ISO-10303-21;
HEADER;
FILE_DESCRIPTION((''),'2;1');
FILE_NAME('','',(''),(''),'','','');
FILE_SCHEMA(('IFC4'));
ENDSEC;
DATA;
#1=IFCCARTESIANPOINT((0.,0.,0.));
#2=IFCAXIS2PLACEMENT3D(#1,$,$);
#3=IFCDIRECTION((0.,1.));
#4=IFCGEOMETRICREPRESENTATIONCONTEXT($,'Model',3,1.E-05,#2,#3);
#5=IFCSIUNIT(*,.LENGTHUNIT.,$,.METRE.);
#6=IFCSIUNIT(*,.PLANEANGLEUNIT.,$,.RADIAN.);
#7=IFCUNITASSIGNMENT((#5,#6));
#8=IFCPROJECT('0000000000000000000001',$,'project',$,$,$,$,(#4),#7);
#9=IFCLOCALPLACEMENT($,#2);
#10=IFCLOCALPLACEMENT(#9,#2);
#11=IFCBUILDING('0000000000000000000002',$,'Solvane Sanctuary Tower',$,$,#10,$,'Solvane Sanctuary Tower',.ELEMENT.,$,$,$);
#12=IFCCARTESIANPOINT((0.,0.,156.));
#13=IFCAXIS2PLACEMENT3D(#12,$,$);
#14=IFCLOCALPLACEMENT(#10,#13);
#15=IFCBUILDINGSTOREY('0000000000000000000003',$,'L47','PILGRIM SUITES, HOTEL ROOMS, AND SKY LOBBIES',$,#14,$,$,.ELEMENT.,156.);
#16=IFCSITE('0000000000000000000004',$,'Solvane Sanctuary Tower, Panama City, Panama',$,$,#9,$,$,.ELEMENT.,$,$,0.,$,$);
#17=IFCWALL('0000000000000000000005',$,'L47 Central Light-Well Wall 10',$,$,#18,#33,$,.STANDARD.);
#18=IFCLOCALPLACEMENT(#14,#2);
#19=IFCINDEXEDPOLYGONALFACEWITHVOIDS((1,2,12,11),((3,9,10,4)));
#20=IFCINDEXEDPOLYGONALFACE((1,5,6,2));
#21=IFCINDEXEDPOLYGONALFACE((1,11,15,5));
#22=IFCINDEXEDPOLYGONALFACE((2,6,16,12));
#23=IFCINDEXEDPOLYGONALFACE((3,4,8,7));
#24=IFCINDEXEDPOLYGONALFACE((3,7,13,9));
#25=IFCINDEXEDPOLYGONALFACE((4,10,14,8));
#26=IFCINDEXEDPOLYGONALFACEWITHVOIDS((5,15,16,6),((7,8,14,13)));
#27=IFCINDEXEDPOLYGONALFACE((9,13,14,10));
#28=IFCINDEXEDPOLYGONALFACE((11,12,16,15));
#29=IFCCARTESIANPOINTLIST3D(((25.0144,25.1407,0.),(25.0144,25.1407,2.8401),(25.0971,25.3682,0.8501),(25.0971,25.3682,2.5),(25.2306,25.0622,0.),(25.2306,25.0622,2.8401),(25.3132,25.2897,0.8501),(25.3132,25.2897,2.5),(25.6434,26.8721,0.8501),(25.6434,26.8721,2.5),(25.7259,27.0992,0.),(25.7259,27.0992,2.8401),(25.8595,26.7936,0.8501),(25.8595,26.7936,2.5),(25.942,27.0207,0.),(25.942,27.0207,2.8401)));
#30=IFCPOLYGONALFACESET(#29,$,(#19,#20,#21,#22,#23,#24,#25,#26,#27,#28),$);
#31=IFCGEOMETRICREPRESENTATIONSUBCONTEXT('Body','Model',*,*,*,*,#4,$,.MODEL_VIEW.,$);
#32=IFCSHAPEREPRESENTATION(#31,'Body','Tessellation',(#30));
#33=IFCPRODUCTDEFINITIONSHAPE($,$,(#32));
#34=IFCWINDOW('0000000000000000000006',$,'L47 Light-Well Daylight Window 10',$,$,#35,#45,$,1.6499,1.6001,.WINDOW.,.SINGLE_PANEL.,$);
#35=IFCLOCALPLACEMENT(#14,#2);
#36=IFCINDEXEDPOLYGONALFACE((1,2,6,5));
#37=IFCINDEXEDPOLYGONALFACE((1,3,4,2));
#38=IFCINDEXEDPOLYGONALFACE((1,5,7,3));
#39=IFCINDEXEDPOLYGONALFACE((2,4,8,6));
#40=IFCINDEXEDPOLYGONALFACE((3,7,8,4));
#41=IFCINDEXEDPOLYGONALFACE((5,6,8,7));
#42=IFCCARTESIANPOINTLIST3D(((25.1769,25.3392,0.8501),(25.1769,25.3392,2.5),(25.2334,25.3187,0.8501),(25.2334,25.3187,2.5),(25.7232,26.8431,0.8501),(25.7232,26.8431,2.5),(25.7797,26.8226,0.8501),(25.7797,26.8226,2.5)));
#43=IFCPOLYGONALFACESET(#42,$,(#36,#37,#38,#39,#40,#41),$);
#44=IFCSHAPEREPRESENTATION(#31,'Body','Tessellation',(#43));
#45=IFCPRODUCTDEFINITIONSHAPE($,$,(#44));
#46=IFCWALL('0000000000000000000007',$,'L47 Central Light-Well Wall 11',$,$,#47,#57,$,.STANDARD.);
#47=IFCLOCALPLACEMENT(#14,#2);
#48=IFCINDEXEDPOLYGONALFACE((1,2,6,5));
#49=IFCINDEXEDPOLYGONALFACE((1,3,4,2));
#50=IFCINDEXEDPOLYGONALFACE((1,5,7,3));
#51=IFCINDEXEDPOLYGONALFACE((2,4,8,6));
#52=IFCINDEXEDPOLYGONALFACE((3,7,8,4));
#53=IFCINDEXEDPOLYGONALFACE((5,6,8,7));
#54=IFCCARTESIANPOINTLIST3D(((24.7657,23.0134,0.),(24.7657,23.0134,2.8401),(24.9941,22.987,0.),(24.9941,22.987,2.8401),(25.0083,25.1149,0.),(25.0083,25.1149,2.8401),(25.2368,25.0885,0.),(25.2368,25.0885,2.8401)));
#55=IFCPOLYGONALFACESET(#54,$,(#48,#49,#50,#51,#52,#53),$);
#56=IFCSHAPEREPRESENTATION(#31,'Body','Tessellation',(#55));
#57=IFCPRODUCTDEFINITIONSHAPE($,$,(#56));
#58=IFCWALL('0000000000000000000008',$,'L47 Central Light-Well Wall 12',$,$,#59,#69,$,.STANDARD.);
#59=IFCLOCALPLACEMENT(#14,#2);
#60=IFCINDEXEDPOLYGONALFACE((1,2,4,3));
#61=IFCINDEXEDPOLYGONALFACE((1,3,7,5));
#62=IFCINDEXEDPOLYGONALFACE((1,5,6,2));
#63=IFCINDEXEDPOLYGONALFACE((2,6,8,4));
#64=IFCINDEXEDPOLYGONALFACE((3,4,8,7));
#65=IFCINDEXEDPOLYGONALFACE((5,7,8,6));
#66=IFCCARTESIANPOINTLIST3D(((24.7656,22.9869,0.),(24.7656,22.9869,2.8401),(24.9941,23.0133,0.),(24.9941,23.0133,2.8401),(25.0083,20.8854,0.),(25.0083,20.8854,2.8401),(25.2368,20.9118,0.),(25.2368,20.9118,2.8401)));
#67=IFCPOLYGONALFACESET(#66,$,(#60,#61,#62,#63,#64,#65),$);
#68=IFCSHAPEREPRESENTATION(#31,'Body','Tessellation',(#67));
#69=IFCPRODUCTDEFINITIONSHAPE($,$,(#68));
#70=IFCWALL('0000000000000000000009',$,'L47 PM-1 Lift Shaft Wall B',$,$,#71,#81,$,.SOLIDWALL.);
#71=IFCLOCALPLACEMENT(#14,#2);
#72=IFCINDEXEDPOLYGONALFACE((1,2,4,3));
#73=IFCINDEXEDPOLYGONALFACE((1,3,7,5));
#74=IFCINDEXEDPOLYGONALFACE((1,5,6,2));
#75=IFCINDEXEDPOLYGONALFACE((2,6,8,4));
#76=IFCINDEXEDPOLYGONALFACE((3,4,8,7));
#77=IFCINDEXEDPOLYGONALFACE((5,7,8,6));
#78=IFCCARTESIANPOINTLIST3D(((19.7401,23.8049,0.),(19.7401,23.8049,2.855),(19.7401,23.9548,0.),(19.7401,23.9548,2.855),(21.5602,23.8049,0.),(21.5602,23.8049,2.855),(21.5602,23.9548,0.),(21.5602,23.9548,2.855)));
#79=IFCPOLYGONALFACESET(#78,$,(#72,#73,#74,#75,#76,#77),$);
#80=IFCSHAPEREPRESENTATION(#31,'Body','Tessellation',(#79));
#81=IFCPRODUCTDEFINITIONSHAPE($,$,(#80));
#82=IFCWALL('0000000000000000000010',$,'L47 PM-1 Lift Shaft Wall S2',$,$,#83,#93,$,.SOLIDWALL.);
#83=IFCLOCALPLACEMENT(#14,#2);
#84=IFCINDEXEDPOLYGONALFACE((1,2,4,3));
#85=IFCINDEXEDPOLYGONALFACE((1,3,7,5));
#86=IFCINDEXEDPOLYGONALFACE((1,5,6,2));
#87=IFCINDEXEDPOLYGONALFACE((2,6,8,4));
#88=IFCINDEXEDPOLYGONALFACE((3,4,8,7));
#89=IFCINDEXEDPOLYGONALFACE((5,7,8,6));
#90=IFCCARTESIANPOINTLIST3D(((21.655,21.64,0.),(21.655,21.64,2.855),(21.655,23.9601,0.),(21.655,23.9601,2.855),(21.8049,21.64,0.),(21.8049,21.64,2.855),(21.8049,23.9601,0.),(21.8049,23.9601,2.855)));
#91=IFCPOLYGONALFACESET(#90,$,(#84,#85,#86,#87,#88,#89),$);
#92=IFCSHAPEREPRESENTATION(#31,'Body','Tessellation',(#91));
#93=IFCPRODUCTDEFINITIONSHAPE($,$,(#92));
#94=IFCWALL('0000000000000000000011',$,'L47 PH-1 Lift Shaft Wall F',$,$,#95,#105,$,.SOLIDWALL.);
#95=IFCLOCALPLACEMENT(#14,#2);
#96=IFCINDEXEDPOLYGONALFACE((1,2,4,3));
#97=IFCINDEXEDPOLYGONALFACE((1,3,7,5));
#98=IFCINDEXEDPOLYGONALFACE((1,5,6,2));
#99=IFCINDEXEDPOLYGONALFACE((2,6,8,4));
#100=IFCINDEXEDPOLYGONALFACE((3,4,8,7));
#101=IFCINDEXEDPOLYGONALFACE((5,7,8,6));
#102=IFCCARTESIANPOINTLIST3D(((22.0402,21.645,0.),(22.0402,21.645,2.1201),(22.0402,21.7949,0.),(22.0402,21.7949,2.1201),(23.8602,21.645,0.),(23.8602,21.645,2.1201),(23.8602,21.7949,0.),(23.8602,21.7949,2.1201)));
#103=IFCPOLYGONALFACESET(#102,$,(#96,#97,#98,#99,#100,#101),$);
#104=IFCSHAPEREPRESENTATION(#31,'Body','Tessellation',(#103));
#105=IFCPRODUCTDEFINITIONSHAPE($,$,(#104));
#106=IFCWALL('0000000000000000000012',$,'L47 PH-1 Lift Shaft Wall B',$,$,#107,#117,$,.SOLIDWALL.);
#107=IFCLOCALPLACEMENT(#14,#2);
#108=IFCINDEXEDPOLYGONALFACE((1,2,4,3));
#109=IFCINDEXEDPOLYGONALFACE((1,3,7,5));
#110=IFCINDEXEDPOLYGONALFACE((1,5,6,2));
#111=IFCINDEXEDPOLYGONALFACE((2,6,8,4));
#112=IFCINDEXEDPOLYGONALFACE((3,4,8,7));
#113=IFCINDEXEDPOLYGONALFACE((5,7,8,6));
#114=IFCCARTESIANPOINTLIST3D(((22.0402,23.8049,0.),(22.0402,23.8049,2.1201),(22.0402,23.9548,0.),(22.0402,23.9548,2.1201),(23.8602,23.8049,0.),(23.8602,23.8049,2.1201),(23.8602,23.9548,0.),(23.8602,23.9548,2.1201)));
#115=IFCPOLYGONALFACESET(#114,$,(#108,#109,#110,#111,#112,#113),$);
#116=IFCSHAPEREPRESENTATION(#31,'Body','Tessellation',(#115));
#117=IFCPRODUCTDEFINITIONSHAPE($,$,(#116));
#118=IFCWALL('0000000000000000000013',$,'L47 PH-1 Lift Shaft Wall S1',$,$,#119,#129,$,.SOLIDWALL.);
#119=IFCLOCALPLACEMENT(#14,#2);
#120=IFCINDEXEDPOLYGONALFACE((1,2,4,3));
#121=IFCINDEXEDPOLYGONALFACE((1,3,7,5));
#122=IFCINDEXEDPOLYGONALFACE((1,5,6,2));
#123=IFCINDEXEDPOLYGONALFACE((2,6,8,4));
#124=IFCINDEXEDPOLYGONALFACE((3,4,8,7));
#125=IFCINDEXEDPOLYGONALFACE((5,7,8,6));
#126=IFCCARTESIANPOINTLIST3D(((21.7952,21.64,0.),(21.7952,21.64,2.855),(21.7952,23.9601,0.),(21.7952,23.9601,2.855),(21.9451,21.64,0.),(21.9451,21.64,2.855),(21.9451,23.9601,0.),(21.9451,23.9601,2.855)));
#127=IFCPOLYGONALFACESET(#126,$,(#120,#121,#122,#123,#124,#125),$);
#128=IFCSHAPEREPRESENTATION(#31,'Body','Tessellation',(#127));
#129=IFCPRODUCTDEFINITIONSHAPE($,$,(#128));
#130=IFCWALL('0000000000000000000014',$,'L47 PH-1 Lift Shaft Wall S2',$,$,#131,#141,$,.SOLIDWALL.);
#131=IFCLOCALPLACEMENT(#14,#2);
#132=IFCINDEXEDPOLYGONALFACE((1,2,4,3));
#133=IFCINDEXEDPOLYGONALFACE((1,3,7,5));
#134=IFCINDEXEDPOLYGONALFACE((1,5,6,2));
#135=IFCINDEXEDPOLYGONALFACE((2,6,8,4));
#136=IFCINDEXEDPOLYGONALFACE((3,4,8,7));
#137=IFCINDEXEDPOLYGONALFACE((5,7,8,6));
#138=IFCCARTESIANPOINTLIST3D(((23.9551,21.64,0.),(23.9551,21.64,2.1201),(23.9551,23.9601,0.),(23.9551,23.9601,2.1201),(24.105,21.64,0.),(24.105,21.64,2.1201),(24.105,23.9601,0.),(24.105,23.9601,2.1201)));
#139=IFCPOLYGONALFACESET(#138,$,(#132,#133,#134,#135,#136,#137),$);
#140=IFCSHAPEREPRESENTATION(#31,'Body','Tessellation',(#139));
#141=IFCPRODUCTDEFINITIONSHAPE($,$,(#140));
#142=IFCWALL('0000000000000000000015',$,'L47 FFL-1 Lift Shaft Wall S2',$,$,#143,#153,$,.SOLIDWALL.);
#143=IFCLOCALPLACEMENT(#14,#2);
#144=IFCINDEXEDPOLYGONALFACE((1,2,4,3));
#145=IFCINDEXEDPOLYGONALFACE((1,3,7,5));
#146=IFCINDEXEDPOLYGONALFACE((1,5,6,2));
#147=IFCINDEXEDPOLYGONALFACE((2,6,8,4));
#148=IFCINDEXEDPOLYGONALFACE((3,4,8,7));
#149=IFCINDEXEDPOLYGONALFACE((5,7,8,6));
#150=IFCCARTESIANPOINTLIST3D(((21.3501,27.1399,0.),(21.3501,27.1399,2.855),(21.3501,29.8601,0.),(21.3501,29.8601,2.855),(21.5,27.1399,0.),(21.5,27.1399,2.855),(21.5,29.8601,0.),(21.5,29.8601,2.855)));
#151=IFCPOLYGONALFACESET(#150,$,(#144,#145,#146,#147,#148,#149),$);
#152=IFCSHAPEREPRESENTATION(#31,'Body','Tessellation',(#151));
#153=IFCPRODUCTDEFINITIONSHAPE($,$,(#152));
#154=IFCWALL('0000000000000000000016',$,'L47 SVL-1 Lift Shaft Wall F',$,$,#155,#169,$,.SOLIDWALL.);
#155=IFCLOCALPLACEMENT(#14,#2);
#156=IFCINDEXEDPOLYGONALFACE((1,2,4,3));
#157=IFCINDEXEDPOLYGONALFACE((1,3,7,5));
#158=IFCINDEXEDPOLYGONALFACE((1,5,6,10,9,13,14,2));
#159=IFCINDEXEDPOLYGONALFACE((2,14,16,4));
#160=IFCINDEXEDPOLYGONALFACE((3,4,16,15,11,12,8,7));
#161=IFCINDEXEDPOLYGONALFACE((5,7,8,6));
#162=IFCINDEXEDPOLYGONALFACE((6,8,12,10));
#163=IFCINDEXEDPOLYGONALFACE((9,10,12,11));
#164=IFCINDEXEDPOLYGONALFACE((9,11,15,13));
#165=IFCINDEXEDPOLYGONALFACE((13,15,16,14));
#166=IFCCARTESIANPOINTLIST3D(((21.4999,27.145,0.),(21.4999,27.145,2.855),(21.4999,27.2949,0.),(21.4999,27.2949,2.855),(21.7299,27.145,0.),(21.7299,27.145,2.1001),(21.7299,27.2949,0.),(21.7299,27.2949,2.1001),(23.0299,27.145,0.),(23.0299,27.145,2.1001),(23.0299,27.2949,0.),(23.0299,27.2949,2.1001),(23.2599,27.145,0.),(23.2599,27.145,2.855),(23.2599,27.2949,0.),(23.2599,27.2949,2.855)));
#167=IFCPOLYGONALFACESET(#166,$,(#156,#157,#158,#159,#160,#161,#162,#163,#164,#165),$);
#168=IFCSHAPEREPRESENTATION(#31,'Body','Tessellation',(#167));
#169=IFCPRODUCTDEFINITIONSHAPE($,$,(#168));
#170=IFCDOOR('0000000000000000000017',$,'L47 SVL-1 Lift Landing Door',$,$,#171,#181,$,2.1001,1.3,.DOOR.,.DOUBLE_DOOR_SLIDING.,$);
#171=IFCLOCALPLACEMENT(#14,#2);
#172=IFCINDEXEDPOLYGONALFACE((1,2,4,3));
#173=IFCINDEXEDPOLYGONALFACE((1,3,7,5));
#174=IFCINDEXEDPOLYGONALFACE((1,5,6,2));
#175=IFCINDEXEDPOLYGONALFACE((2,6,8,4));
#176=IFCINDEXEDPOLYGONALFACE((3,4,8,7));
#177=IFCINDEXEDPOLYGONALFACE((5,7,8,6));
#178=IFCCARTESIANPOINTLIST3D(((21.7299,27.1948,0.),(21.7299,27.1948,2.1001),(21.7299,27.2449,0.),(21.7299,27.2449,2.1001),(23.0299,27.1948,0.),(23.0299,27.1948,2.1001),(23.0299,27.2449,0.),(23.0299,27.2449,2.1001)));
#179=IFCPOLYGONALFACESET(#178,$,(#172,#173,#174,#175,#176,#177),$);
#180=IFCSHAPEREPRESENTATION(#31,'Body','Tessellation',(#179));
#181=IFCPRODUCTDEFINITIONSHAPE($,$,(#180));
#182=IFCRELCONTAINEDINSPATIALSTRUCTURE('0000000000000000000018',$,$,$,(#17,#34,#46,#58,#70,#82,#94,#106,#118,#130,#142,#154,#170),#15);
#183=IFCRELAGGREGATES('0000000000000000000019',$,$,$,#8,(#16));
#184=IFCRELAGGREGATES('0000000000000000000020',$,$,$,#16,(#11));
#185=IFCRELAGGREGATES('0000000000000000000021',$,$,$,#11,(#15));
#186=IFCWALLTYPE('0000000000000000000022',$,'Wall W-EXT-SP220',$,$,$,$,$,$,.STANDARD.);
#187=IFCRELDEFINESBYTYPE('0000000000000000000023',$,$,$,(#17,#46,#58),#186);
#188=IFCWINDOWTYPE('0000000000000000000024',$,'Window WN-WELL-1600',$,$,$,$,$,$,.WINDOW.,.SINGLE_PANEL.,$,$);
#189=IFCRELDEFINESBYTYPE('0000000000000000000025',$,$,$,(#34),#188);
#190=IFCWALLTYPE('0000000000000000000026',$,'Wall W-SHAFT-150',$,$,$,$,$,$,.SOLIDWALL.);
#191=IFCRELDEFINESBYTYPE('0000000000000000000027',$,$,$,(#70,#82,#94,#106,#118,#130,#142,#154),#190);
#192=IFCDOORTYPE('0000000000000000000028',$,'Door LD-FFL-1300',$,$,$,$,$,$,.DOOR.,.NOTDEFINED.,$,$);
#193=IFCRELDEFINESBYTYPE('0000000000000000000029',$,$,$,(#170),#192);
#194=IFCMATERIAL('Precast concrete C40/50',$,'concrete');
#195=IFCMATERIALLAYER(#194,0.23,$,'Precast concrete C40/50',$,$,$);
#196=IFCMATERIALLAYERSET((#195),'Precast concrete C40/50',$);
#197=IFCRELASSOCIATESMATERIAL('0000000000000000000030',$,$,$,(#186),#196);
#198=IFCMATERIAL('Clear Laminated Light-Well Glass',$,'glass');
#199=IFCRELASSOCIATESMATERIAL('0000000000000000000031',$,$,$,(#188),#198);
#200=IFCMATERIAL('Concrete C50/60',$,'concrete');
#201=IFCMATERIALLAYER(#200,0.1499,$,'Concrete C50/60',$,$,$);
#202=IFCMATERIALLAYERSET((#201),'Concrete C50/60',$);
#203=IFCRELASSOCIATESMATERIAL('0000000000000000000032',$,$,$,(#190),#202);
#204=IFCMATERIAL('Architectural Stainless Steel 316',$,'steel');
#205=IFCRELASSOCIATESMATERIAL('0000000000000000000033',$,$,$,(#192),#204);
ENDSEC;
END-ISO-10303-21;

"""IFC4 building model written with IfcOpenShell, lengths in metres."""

from ifc_helpers import new_model, si_unit, direction, frame, frame_2d, origin, place, context, subcontext, project, spatial, rectangle, extrude, material, layer, layer_set, type_object, element, fill, save


model = new_model("IFC4")

# Units and contexts
model_context = context("Model", 3, precision=1e-05, world=origin(), true_north=direction((0.0, 1.0)))
body_context = subcontext(model_context, "Body", "Model", "MODEL_VIEW")
ifc_project = project(units=[si_unit("LENGTHUNIT", "METRE"), si_unit("PLANEANGLEUNIT", "RADIAN")], contexts=[model_context])

# Site, building, storey
site_placement = place(None, origin())
site = spatial("IfcSite", under=ifc_project, at=site_placement, Name="Solvane Sanctuary Tower, Panama City, Panama", CompositionType="ELEMENT", RefElevation=0.0)
building_placement = place(site_placement, origin())
building = spatial("IfcBuilding", under=site, at=building_placement, Name="Solvane Sanctuary Tower", LongName="Solvane Sanctuary Tower", CompositionType="ELEMENT")
storey_placement = place(building_placement, frame((0.0, 0.0, 156.0)))
storey = spatial("IfcBuildingStorey", under=building, at=storey_placement, Name="L47", Description="PILGRIM SUITES, HOTEL ROOMS, AND SKY LOBBIES", CompositionType="ELEMENT", Elevation=156.0)

# Shared definitions
ifc_material_1 = material(Name="Concrete C50/60", Category="concrete")

# Shared definitions
ifc_material_2 = material(Name="Architectural Stainless Steel 316", Category="steel")

# Shared definitions
ifc_material_3 = material(Name="Precast concrete C40/50", Category="concrete")
ifc_layer_1 = layer(ifc_material_3, 0.23, Name="Precast concrete C40/50")
ifc_layer_set_1 = layer_set([ifc_layer_1], Name="Precast concrete C40/50")
wall_type_1 = type_object("IfcWallType", Name="Wall W-EXT-SP220", PredefinedType="STANDARD", material=ifc_layer_set_1)

# Wall, opening, window
wall_1_placement = place(storey_placement, frame((25.834, 27.0601, 0.0), z_axis=(0.0, 0.0, 1.0), x_axis=(-0.341423, -0.93991, 0.0)))
wall_1 = element("IfcWall", 1, at=wall_1_placement, inside=storey, type_object=wall_type_1, Name="L47 Central Light-Well Wall 10", PredefinedType="STANDARD", context=body_context, shape_type="SweptSolid", body=[
    extrude(rectangle(XDim=2.0837, YDim=0.23, at=frame_2d((1.042, 0.0))), origin(), (0.0, 0.0, 1.0), 2.8401),
])
opening_1_placement = place(wall_1_placement, frame((0.2417, 0.0, 0.8501)))
opening_1 = element("IfcOpeningElement", 2, at=opening_1_placement, cuts=wall_1, PredefinedType="OPENING", context=body_context, shape_type="SweptSolid", body=[
    extrude(rectangle(XDim=1.6001, YDim=1.6499, at=frame_2d((0.8, 0.825))), frame((0.0, 0.125, 0.0), z_axis=(0.0, -1.0, 0.0), x_axis=(1.0, 0.0, 0.0)), (0.0, 0.0, 1.0), 0.25),
])
ifc_material_4 = material(Name="Clear Laminated Light-Well Glass", Category="glass")
window_type = type_object("IfcWindowType", Name="Window WN-WELL-1600", PartitioningType="SINGLE_PANEL", PredefinedType="WINDOW", material=ifc_material_4)
window_placement = place(opening_1_placement, origin())
window = element("IfcWindow", 3, at=window_placement, inside=storey, type_object=window_type, Name="L47 Light-Well Daylight Window 10", OverallHeight=1.6499, OverallWidth=1.6001, PartitioningType="SINGLE_PANEL", PredefinedType="WINDOW", context=body_context, shape_type="SweptSolid", body=[
    extrude(rectangle(XDim=1.6001, YDim=1.6499, at=frame_2d((0.8, 0.825))), frame((0.0, 0.03, 0.0), z_axis=(0.0, -1.0, 0.0), x_axis=(1.0, 0.0, 0.0)), (0.0, 0.0, 1.0), 0.0601),
])
fill(opening_1, window)

# Walls
for number, where, z_axis, x_axis, name in (
    (4, (25.1226, 25.1016, 0.0), (0.0, 0.0, 1.0), (-0.114712, -0.993399, 0.0), "L47 Central Light-Well Wall 11"),
    (5, (24.8799, 23.0, 0.0), (0.0, 0.0, 1.0), (0.114712, -0.993399, 0.0), "L47 Central Light-Well Wall 12"),
):
    element("IfcWall", number, at=place(storey_placement, frame(where, z_axis=z_axis, x_axis=x_axis)), inside=storey, type_object=wall_type_1, Name=name, PredefinedType="STANDARD", context=body_context, shape_type="SweptSolid", body=[
        extrude(rectangle(XDim=2.1155, YDim=0.23, at=frame_2d((1.0576, 0.0))), origin(), (0.0, 0.0, 1.0), 2.8401),
    ])
ifc_layer_2 = layer(ifc_material_1, 0.1499, Name="Concrete C50/60")
ifc_layer_set_2 = layer_set([ifc_layer_2], Name="Concrete C50/60")
wall_type_2 = type_object("IfcWallType", Name="Wall W-SHAFT-150", PredefinedType="SOLIDWALL", material=ifc_layer_set_2)
wall_2_placement = place(storey_placement, frame((19.74, 23.8799, 0.0), z_axis=(0.0, 0.0, 1.0), x_axis=(1.0, 0.0, 0.0)))
element("IfcWall", 6, at=wall_2_placement, inside=storey, type_object=wall_type_2, Name="L47 PM-1 Lift Shaft Wall B", PredefinedType="SOLIDWALL", context=body_context, shape_type="SweptSolid", body=[
    extrude(rectangle(XDim=1.8201, YDim=0.1499, at=frame_2d((0.9102, 0.0))), origin(), (0.0, 0.0, 1.0), 2.855),
])
wall_3_placement = place(storey_placement, frame((21.73, 21.6399, 0.0), z_axis=(0.0, 0.0, 1.0), x_axis=(0.0, 1.0, 0.0)))
element("IfcWall", 7, at=wall_3_placement, inside=storey, type_object=wall_type_2, Name="L47 PM-1 Lift Shaft Wall S2", PredefinedType="SOLIDWALL", context=body_context, shape_type="SweptSolid", body=[
    extrude(rectangle(XDim=2.3201, YDim=0.1499, at=frame_2d((1.1602, 0.0))), origin(), (0.0, 0.0, 1.0), 2.855),
])
for number, where, z_axis, x_axis, name in (
    (8, (22.04, 21.72, 0.0), (0.0, 0.0, 1.0), (1.0, 0.0, 0.0), "L47 PH-1 Lift Shaft Wall F"),
    (9, (22.04, 23.8799, 0.0), (0.0, 0.0, 1.0), (1.0, 0.0, 0.0), "L47 PH-1 Lift Shaft Wall B"),
):
    element("IfcWall", number, at=place(storey_placement, frame(where, z_axis=z_axis, x_axis=x_axis)), inside=storey, type_object=wall_type_2, Name=name, PredefinedType="SOLIDWALL", context=body_context, shape_type="SweptSolid", body=[
        extrude(rectangle(XDim=1.8201, YDim=0.1499, at=frame_2d((0.9102, 0.0))), origin(), (0.0, 0.0, 1.0), 2.1201),
    ])
wall_4_placement = place(storey_placement, frame((21.8701, 21.6399, 0.0), z_axis=(0.0, 0.0, 1.0), x_axis=(0.0, 1.0, 0.0)))
element("IfcWall", 10, at=wall_4_placement, inside=storey, type_object=wall_type_2, Name="L47 PH-1 Lift Shaft Wall S1", PredefinedType="SOLIDWALL", context=body_context, shape_type="SweptSolid", body=[
    extrude(rectangle(XDim=2.3201, YDim=0.1499, at=frame_2d((1.1602, 0.0))), origin(), (0.0, 0.0, 1.0), 2.855),
])
wall_5_placement = place(storey_placement, frame((24.03, 21.6399, 0.0), z_axis=(0.0, 0.0, 1.0), x_axis=(0.0, 1.0, 0.0)))
element("IfcWall", 11, at=wall_5_placement, inside=storey, type_object=wall_type_2, Name="L47 PH-1 Lift Shaft Wall S2", PredefinedType="SOLIDWALL", context=body_context, shape_type="SweptSolid", body=[
    extrude(rectangle(XDim=2.3201, YDim=0.1499, at=frame_2d((1.1602, 0.0))), origin(), (0.0, 0.0, 1.0), 2.1201),
])
wall_6_placement = place(storey_placement, frame((21.425, 27.1399, 0.0), z_axis=(0.0, 0.0, 1.0), x_axis=(0.0, 1.0, 0.0)))
element("IfcWall", 12, at=wall_6_placement, inside=storey, type_object=wall_type_2, Name="L47 FFL-1 Lift Shaft Wall S2", PredefinedType="SOLIDWALL", context=body_context, shape_type="SweptSolid", body=[
    extrude(rectangle(XDim=2.7202, YDim=0.1499, at=frame_2d((1.3601, 0.0))), origin(), (0.0, 0.0, 1.0), 2.855),
])

# Wall, opening, door
wall_7_placement = place(storey_placement, frame((21.5, 27.22, 0.0), z_axis=(0.0, 0.0, 1.0), x_axis=(1.0, 0.0, 0.0)))
wall_7 = element("IfcWall", 13, at=wall_7_placement, inside=storey, type_object=wall_type_2, Name="L47 SVL-1 Lift Shaft Wall F", PredefinedType="SOLIDWALL", context=body_context, shape_type="SweptSolid", body=[
    extrude(rectangle(XDim=1.76, YDim=0.1499, at=frame_2d((0.8799, 0.0))), origin(), (0.0, 0.0, 1.0), 2.855),
])
opening_2_placement = place(wall_7_placement, frame((0.23, 0.0, 0.0)))
opening_2 = element("IfcOpeningElement", 14, at=opening_2_placement, cuts=wall_7, PredefinedType="OPENING", context=body_context, shape_type="SweptSolid", body=[
    extrude(rectangle(XDim=1.3, YDim=2.1001, at=frame_2d((0.6499, 1.05))), frame((0.0, 0.085, 0.0), z_axis=(0.0, -1.0, 0.0), x_axis=(1.0, 0.0, 0.0)), (0.0, 0.0, 1.0), 0.1699),
])
door_type_1 = type_object("IfcDoorType", Name="Door LD-FFL-1300", OperationType="NOTDEFINED", PredefinedType="DOOR", material=ifc_material_2)
door_1_placement = place(opening_2_placement, origin())
door_1 = element("IfcDoor", 15, at=door_1_placement, inside=storey, type_object=door_type_1, Name="L47 SVL-1 Lift Landing Door", OperationType="DOUBLE_DOOR_SLIDING", OverallHeight=2.1001, OverallWidth=1.3, PredefinedType="DOOR", context=body_context, shape_type="SweptSolid", body=[
    extrude(rectangle(XDim=1.3, YDim=2.1001, at=frame_2d((0.6499, 1.05))), frame((0.0, 0.0249, 0.0), z_axis=(0.0, -1.0, 0.0), x_axis=(1.0, 0.0, 0.0)), (0.0, 0.0, 1.0), 0.05),
])
fill(opening_2, door_1)

save(model, "model.ifc")
